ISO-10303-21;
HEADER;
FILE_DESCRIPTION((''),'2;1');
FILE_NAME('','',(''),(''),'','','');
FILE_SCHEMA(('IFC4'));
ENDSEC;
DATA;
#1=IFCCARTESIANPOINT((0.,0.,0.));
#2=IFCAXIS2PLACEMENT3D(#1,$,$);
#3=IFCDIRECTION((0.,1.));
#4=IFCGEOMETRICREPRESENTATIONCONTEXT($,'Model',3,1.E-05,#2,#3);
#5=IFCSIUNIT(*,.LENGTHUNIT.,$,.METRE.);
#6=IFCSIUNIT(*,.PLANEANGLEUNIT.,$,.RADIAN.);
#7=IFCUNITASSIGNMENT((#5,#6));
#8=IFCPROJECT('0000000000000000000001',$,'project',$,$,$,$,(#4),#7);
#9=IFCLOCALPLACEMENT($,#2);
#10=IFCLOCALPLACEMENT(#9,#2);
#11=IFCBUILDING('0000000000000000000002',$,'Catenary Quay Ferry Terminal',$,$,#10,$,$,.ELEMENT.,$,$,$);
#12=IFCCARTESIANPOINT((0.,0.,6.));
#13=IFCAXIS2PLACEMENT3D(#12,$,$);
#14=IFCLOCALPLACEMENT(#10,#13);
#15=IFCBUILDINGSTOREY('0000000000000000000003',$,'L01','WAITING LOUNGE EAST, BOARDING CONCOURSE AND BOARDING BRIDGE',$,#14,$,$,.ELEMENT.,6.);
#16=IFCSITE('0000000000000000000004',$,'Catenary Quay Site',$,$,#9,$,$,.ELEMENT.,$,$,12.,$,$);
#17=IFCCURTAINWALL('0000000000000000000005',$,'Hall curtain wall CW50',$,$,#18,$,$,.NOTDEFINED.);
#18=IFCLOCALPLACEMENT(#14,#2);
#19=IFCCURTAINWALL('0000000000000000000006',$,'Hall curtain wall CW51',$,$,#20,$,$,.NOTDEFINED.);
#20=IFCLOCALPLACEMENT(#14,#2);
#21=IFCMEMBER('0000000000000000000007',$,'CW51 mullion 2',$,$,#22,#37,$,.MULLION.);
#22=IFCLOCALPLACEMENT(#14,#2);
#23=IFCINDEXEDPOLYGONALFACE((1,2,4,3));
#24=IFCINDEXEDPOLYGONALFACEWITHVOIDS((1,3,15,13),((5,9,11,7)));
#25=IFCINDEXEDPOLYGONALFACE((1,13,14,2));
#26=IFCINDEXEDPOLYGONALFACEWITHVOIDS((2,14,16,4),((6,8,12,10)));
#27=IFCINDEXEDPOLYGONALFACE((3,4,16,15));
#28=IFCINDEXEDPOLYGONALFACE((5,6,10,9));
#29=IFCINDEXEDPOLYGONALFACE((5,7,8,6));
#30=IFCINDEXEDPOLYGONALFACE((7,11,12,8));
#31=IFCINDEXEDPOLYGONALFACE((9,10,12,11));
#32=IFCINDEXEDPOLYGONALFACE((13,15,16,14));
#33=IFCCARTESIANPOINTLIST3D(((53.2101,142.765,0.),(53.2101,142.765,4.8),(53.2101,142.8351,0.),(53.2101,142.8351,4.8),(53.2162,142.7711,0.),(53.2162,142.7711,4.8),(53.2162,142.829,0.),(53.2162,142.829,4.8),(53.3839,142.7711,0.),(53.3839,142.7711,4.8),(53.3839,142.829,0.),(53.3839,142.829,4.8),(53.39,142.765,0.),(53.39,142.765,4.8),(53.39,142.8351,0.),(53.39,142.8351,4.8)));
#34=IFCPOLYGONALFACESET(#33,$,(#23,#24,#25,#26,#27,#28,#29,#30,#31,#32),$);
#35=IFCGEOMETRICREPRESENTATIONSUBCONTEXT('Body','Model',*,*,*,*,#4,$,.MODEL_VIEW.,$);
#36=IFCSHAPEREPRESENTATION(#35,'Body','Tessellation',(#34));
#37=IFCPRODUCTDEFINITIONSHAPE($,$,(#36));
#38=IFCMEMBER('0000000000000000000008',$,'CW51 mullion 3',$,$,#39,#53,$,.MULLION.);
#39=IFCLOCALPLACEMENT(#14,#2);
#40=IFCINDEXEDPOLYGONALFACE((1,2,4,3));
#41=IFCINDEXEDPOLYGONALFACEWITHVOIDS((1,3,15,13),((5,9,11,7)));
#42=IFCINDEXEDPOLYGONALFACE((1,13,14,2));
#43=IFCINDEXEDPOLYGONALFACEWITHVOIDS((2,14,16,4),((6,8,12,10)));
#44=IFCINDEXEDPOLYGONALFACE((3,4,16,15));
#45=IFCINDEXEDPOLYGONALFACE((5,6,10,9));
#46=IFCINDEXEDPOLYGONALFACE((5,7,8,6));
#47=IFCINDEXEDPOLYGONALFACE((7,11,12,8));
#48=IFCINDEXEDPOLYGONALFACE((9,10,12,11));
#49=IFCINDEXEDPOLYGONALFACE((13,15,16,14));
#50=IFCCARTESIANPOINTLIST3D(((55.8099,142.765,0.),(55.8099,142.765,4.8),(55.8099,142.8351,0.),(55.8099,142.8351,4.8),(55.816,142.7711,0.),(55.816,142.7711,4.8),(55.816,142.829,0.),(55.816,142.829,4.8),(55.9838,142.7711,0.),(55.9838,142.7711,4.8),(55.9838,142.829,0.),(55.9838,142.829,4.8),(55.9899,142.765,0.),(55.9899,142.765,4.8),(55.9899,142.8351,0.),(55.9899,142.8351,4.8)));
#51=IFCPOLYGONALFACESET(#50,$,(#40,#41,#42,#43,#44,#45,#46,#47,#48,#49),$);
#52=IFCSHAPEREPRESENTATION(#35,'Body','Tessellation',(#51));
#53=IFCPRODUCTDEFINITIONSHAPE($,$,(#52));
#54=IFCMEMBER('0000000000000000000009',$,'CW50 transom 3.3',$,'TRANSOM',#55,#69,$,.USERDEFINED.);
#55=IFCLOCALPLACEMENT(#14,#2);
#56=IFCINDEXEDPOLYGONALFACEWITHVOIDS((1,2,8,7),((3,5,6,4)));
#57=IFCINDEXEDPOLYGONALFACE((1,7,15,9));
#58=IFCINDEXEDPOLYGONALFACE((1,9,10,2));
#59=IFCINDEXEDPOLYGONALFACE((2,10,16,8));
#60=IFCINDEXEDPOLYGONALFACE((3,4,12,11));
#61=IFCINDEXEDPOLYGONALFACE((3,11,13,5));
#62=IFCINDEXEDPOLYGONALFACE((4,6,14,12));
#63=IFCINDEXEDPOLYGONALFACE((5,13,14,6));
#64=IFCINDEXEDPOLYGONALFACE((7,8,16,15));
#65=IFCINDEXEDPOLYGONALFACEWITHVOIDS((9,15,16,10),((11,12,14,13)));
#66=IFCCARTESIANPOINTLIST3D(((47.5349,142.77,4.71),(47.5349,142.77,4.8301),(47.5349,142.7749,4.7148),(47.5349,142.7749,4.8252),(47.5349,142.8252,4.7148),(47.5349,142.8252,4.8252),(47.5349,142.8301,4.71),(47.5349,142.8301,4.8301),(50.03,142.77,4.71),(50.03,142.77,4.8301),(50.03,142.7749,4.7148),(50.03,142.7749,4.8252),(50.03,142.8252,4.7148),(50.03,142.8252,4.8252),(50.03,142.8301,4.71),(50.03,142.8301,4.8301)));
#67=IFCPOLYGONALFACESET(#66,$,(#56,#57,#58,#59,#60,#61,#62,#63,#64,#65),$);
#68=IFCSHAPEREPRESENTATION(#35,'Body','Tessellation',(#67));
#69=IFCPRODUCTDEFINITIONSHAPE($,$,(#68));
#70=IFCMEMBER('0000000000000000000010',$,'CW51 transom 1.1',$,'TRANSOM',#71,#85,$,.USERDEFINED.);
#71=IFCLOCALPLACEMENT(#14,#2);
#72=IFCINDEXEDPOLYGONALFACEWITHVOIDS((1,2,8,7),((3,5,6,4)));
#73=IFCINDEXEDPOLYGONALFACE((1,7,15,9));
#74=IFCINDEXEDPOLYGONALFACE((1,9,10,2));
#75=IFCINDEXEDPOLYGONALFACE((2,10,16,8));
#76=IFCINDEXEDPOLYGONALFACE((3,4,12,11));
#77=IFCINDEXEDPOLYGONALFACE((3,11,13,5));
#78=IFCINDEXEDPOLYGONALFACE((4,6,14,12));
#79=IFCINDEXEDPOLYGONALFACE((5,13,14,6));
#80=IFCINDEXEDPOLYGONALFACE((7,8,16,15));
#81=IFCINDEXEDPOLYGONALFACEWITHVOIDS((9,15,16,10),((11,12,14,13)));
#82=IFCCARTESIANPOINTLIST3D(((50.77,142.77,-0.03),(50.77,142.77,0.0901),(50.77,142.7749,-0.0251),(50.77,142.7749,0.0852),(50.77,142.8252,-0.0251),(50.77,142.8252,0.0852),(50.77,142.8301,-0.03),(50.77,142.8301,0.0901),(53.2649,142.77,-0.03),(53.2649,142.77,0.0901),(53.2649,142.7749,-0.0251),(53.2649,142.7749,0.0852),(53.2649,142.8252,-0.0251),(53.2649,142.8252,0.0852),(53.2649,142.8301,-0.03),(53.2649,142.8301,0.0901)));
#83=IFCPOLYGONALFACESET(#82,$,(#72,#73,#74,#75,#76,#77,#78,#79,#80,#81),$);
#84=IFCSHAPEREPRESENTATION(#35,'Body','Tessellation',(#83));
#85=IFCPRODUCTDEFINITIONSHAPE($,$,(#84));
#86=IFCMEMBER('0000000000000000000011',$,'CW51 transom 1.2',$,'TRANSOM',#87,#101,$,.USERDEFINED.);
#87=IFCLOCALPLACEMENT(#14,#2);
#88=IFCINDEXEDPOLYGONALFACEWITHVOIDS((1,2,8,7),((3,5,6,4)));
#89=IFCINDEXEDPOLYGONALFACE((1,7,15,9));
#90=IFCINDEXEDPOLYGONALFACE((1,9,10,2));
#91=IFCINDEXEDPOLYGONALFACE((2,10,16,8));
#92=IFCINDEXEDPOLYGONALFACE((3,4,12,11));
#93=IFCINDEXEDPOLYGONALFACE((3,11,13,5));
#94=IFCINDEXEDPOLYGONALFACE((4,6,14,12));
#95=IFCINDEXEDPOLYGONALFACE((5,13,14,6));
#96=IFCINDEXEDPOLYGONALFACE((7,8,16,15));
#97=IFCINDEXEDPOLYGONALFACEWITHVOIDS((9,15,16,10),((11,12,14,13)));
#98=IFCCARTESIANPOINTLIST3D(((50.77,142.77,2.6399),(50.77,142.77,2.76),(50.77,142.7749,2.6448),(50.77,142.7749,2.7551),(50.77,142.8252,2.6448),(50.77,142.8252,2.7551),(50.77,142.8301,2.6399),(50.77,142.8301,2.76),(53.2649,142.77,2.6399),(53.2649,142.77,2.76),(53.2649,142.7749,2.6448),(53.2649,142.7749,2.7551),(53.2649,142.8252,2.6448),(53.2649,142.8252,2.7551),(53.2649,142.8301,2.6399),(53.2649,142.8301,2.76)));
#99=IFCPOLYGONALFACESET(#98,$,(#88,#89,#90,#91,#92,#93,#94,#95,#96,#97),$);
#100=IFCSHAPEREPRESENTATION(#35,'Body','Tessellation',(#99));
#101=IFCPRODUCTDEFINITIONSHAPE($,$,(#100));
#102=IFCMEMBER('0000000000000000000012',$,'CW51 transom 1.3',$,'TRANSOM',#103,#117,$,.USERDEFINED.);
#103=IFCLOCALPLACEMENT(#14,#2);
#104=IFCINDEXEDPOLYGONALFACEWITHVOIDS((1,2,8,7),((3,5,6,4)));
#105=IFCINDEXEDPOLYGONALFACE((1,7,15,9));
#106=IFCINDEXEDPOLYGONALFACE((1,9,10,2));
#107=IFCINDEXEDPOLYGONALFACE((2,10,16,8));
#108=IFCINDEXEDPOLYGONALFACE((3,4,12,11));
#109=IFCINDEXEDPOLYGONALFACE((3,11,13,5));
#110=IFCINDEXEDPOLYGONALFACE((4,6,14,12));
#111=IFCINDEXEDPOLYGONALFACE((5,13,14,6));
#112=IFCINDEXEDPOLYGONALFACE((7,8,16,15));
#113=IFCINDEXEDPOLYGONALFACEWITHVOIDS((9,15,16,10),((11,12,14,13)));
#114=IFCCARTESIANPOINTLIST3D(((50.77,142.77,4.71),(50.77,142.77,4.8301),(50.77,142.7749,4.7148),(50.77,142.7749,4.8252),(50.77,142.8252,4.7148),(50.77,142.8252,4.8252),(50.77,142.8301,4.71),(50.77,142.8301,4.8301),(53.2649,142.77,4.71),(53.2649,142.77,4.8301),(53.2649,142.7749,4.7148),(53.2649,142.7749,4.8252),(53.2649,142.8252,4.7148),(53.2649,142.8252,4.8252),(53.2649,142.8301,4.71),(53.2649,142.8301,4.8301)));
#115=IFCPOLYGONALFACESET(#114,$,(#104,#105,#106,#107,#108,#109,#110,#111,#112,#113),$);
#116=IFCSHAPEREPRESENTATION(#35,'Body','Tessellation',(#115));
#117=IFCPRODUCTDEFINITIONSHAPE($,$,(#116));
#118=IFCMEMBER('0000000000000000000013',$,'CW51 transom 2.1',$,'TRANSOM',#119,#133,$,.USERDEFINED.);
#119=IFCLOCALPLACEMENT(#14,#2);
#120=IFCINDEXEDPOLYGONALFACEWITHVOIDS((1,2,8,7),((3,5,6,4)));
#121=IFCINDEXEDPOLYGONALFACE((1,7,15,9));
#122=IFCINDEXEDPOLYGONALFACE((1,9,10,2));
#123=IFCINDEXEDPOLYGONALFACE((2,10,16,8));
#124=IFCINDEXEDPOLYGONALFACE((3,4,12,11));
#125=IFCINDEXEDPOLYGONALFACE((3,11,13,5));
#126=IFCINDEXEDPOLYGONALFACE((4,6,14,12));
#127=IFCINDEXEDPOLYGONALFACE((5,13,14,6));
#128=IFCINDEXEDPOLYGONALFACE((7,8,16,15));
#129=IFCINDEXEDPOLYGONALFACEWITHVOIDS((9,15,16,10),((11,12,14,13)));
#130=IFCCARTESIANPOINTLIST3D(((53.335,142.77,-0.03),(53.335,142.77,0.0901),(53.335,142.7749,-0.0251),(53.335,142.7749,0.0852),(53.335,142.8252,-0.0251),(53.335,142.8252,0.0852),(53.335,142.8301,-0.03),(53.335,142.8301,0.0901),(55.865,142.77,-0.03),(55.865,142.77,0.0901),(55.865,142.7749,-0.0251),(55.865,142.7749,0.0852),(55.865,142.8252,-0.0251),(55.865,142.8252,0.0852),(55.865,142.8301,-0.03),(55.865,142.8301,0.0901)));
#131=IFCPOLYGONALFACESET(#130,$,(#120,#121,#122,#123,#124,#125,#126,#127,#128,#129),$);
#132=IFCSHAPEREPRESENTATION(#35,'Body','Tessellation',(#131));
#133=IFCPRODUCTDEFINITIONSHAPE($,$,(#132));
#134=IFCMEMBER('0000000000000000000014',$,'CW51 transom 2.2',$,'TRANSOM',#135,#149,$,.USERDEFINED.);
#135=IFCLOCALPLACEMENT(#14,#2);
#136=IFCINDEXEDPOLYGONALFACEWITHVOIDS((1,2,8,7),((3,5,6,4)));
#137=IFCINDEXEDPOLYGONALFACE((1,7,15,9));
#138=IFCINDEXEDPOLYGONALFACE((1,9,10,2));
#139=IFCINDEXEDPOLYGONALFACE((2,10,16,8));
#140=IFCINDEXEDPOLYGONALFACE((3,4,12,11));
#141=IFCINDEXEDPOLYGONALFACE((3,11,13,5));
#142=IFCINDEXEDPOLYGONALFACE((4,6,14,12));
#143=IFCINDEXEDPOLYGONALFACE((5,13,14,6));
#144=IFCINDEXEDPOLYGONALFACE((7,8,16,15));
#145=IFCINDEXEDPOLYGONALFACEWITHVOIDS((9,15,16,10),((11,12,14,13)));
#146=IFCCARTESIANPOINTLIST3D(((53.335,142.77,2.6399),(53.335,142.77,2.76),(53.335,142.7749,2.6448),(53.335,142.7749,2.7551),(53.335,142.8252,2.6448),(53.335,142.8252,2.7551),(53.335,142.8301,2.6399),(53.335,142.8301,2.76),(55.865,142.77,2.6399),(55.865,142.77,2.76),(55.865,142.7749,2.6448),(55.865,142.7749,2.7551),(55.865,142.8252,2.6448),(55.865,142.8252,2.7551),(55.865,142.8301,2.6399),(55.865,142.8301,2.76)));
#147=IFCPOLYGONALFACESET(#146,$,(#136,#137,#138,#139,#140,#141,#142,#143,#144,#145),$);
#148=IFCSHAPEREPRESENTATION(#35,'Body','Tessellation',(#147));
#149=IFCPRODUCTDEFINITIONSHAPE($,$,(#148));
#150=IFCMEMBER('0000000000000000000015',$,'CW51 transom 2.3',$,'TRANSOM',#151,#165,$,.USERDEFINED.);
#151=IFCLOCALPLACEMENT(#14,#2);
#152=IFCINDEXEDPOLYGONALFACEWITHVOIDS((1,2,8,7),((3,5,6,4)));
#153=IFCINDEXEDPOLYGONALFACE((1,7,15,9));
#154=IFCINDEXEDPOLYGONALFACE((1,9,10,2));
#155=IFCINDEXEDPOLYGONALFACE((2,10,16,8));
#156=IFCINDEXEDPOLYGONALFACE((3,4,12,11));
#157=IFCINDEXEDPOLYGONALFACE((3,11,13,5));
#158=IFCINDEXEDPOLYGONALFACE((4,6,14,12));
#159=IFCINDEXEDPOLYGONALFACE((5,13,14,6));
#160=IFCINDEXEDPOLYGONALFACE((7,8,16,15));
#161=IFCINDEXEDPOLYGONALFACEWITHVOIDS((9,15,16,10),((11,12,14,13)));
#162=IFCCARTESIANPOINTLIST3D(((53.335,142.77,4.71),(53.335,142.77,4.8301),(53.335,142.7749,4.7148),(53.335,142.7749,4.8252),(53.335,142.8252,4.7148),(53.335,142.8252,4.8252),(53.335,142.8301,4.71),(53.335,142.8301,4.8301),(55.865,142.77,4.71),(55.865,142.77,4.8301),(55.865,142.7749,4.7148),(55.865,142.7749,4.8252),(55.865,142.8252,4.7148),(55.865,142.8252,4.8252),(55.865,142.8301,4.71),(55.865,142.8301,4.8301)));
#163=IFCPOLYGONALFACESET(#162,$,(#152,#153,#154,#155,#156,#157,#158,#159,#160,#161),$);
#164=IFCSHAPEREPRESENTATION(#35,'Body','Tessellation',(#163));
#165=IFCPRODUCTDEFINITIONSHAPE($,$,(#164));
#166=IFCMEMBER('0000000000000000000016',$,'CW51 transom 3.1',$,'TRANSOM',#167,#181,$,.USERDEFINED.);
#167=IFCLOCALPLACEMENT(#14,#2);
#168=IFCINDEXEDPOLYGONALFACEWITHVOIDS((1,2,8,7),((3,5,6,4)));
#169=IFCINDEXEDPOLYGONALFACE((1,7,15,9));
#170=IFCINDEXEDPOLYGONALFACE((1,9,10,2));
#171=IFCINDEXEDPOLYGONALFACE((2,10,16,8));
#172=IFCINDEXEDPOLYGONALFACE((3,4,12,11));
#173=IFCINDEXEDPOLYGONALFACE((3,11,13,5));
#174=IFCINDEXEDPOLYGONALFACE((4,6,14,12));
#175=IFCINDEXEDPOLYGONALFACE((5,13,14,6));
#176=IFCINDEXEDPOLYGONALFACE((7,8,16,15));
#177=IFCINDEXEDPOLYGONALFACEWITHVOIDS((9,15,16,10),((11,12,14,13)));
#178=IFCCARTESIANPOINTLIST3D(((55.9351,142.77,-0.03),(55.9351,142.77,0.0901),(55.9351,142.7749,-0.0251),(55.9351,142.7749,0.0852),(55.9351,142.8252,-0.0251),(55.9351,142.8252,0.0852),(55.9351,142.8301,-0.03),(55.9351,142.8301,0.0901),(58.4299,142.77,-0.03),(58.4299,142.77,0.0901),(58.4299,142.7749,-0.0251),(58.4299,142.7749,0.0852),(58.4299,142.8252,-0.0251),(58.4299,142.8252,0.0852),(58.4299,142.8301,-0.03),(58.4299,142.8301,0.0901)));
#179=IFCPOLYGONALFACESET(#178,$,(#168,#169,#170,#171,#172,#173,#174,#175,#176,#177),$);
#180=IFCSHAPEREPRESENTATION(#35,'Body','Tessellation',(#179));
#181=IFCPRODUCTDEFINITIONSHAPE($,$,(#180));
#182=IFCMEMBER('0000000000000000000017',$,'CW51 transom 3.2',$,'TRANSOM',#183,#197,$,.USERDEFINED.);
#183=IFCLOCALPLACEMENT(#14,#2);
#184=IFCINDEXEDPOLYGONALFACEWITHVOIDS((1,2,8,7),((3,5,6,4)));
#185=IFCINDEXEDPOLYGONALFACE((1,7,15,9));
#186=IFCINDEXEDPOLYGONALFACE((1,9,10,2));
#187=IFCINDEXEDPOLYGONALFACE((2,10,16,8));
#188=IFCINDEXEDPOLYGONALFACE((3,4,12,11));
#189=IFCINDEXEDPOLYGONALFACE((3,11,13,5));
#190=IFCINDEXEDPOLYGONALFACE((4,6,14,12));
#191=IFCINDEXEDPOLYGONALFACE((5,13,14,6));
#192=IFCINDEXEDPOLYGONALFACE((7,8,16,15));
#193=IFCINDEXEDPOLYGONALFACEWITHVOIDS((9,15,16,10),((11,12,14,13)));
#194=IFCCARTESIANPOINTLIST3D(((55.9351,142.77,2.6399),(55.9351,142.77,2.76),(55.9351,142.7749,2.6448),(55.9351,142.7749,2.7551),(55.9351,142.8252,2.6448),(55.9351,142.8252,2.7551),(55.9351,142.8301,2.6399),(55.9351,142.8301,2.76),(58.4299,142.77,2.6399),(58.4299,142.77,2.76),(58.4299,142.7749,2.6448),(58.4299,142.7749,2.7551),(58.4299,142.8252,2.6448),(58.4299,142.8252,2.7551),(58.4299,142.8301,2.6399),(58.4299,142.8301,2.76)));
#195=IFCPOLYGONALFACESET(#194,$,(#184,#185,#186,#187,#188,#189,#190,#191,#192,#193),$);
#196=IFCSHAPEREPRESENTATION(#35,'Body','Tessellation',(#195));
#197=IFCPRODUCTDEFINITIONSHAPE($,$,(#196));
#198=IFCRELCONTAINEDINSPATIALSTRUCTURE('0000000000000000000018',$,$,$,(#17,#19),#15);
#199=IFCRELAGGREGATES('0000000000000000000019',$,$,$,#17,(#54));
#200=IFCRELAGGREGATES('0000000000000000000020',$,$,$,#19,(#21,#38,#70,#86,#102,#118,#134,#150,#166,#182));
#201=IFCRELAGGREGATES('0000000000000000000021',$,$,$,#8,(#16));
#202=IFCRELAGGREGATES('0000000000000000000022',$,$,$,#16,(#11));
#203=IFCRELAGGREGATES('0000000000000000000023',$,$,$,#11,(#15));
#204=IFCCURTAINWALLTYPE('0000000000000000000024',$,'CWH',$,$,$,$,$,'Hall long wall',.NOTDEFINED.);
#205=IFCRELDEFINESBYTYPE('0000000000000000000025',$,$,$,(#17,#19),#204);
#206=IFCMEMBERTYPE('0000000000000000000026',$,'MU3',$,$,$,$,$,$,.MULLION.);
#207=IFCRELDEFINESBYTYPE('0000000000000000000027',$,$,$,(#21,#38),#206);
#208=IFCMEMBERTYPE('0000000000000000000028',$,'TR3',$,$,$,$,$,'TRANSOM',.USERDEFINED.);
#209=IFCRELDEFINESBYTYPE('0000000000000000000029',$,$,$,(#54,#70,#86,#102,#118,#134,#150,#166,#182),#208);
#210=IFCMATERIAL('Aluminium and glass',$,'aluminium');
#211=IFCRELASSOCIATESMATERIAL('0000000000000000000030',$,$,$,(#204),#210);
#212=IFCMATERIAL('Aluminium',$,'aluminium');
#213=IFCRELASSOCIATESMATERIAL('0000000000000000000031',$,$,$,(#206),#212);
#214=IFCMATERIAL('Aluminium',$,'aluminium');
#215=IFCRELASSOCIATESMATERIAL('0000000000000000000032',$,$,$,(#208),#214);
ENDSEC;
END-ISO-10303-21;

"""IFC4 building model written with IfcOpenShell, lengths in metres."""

from ifc_helpers import new_model, si_unit, direction, frame, origin, origin_2d, place, context, subcontext, project, spatial, hollow_rectangle, extrude, material, material_profile, profile_set, type_object, element, aggregate, save


model = new_model("IFC4")

# Units and contexts
model_context = context("Model", 3, precision=1e-05, world=origin(), true_north=direction((0.0, 1.0)))
body_context = subcontext(model_context, "Body", "Model", "MODEL_VIEW")
ifc_project = project(units=[si_unit("LENGTHUNIT", "METRE"), si_unit("PLANEANGLEUNIT", "RADIAN")], contexts=[model_context])

# Site, building, storey
site_placement = place(None, origin())
site = spatial("IfcSite", under=ifc_project, at=site_placement, Name="Catenary Quay Site", CompositionType="ELEMENT", RefElevation=12.0)
building_placement = place(site_placement, origin())
building = spatial("IfcBuilding", under=site, at=building_placement, Name="Catenary Quay Ferry Terminal", CompositionType="ELEMENT")
storey_placement = place(building_placement, frame((0.0, 0.0, 6.0)))
storey = spatial("IfcBuildingStorey", under=building, at=storey_placement, Name="L01", Description="WAITING LOUNGE EAST, BOARDING CONCOURSE AND BOARDING BRIDGE", CompositionType="ELEMENT", Elevation=6.0)

# Curtain wall
ifc_material_1 = material(Name="Aluminium and glass", Category="aluminium")
curtain_wall_type = type_object("IfcCurtainWallType", Name="CWH", ElementType="Hall long wall", PredefinedType="NOTDEFINED", material=ifc_material_1)
curtain_wall_1_placement = place(storey_placement, origin())
curtain_wall_1 = element("IfcCurtainWall", 1, at=curtain_wall_1_placement, inside=storey, type_object=curtain_wall_type, Name="Hall curtain wall CW50", PredefinedType="NOTDEFINED")
ifc_material_2 = material(Name="Aluminium", Category="aluminium")
ifc_material_profile_1 = material_profile(ifc_material_2, hollow_rectangle(XDim=0.0701, YDim=0.1799, WallThickness=0.0061, at=origin_2d()), Name="MU3")
ifc_profile_set_1 = profile_set([ifc_material_profile_1], Name="Aluminium")
member_type_1 = type_object("IfcMemberType", Name="MU3", PredefinedType="MULLION", material=ifc_profile_set_1)

# Curtain wall, members
curtain_wall_2_placement = place(storey_placement, origin())
curtain_wall_2 = element("IfcCurtainWall", 2, at=curtain_wall_2_placement, inside=storey, type_object=curtain_wall_type, Name="Hall curtain wall CW51", PredefinedType="NOTDEFINED")
member_1_placement = place(storey_placement, frame((53.3, 142.8, 0.0), z_axis=(0.0, 0.0, 1.0), x_axis=(0.0, 1.0, 0.0)))
member_1 = element("IfcMember", 3, at=member_1_placement, type_object=member_type_1, Name="CW51 mullion 2", PredefinedType="MULLION", context=body_context, shape_type="SweptSolid", body=[
    extrude(hollow_rectangle(XDim=0.0701, YDim=0.1799, WallThickness=0.0061, at=origin_2d()), origin(), (0.0, 0.0, 1.0), 4.8),
])
member_2_placement = place(storey_placement, frame((55.8999, 142.8, 0.0), z_axis=(0.0, 0.0, 1.0), x_axis=(0.0, 1.0, 0.0)))
member_2 = element("IfcMember", 4, at=member_2_placement, type_object=member_type_1, Name="CW51 mullion 3", PredefinedType="MULLION", context=body_context, shape_type="SweptSolid", body=[
    extrude(hollow_rectangle(XDim=0.0701, YDim=0.1799, WallThickness=0.0061, at=origin_2d()), origin(), (0.0, 0.0, 1.0), 4.8),
])

# Members
ifc_material_3 = material(Name="Aluminium", Category="aluminium")
ifc_material_profile_2 = material_profile(ifc_material_3, hollow_rectangle(XDim=0.0601, YDim=0.1201, WallThickness=0.0049, at=origin_2d()), Name="TR3")
ifc_profile_set_2 = profile_set([ifc_material_profile_2], Name="Aluminium")
member_type_2 = type_object("IfcMemberType", Name="TR3", ElementType="TRANSOM", PredefinedType="USERDEFINED", material=ifc_profile_set_2)
member_3_placement = place(storey_placement, frame((47.5349, 142.8, 4.77), z_axis=(1.0, 0.0, 0.0), x_axis=(0.0, 1.0, 0.0)))
member_3 = element("IfcMember", 5, at=member_3_placement, type_object=member_type_2, Name="CW50 transom 3.3", ObjectType="TRANSOM", PredefinedType="USERDEFINED", context=body_context, shape_type="SweptSolid", body=[
    extrude(hollow_rectangle(XDim=0.0601, YDim=0.1201, WallThickness=0.0049, at=origin_2d()), origin(), (0.0, 0.0, 1.0), 2.4951),
])
member_4_placement = place(storey_placement, frame((50.77, 142.8, 0.03), z_axis=(1.0, 0.0, 0.0), x_axis=(0.0, 1.0, 0.0)))
member_4 = element("IfcMember", 6, at=member_4_placement, type_object=member_type_2, Name="CW51 transom 1.1", ObjectType="TRANSOM", PredefinedType="USERDEFINED", context=body_context, shape_type="SweptSolid", body=[
    extrude(hollow_rectangle(XDim=0.0601, YDim=0.1201, WallThickness=0.0049, at=origin_2d()), origin(), (0.0, 0.0, 1.0), 2.4949),
])
member_5_placement = place(storey_placement, frame((50.77, 142.8, 2.7), z_axis=(1.0, 0.0, 0.0), x_axis=(0.0, 1.0, 0.0)))
member_5 = element("IfcMember", 7, at=member_5_placement, type_object=member_type_2, Name="CW51 transom 1.2", ObjectType="TRANSOM", PredefinedType="USERDEFINED", context=body_context, shape_type="SweptSolid", body=[
    extrude(hollow_rectangle(XDim=0.0601, YDim=0.1201, WallThickness=0.0049, at=origin_2d()), origin(), (0.0, 0.0, 1.0), 2.4949),
])
member_6_placement = place(storey_placement, frame((50.77, 142.8, 4.77), z_axis=(1.0, 0.0, 0.0), x_axis=(0.0, 1.0, 0.0)))
member_6 = element("IfcMember", 8, at=member_6_placement, type_object=member_type_2, Name="CW51 transom 1.3", ObjectType="TRANSOM", PredefinedType="USERDEFINED", context=body_context, shape_type="SweptSolid", body=[
    extrude(hollow_rectangle(XDim=0.0601, YDim=0.1201, WallThickness=0.0049, at=origin_2d()), origin(), (0.0, 0.0, 1.0), 2.4949),
])
member_7_placement = place(storey_placement, frame((53.335, 142.8, 0.03), z_axis=(1.0, 0.0, 0.0), x_axis=(0.0, 1.0, 0.0)))
member_7 = element("IfcMember", 9, at=member_7_placement, type_object=member_type_2, Name="CW51 transom 2.1", ObjectType="TRANSOM", PredefinedType="USERDEFINED", context=body_context, shape_type="SweptSolid", body=[
    extrude(hollow_rectangle(XDim=0.0601, YDim=0.1201, WallThickness=0.0049, at=origin_2d()), origin(), (0.0, 0.0, 1.0), 2.53),
])
member_8_placement = place(storey_placement, frame((53.335, 142.8, 2.7), z_axis=(1.0, 0.0, 0.0), x_axis=(0.0, 1.0, 0.0)))
member_8 = element("IfcMember", 10, at=member_8_placement, type_object=member_type_2, Name="CW51 transom 2.2", ObjectType="TRANSOM", PredefinedType="USERDEFINED", context=body_context, shape_type="SweptSolid", body=[
    extrude(hollow_rectangle(XDim=0.0601, YDim=0.1201, WallThickness=0.0049, at=origin_2d()), origin(), (0.0, 0.0, 1.0), 2.53),
])
member_9_placement = place(storey_placement, frame((53.335, 142.8, 4.77), z_axis=(1.0, 0.0, 0.0), x_axis=(0.0, 1.0, 0.0)))
member_9 = element("IfcMember", 11, at=member_9_placement, type_object=member_type_2, Name="CW51 transom 2.3", ObjectType="TRANSOM", PredefinedType="USERDEFINED", context=body_context, shape_type="SweptSolid", body=[
    extrude(hollow_rectangle(XDim=0.0601, YDim=0.1201, WallThickness=0.0049, at=origin_2d()), origin(), (0.0, 0.0, 1.0), 2.53),
])
member_10_placement = place(storey_placement, frame((55.9351, 142.8, 0.03), z_axis=(1.0, 0.0, 0.0), x_axis=(0.0, 1.0, 0.0)))
member_10 = element("IfcMember", 12, at=member_10_placement, type_object=member_type_2, Name="CW51 transom 3.1", ObjectType="TRANSOM", PredefinedType="USERDEFINED", context=body_context, shape_type="SweptSolid", body=[
    extrude(hollow_rectangle(XDim=0.0601, YDim=0.1201, WallThickness=0.0049, at=origin_2d()), origin(), (0.0, 0.0, 1.0), 2.4949),
])
member_11_placement = place(storey_placement, frame((55.9351, 142.8, 2.7), z_axis=(1.0, 0.0, 0.0), x_axis=(0.0, 1.0, 0.0)))
member_11 = element("IfcMember", 13, at=member_11_placement, type_object=member_type_2, Name="CW51 transom 3.2", ObjectType="TRANSOM", PredefinedType="USERDEFINED", context=body_context, shape_type="SweptSolid", body=[
    extrude(hollow_rectangle(XDim=0.0601, YDim=0.1201, WallThickness=0.0049, at=origin_2d()), origin(), (0.0, 0.0, 1.0), 2.4949),
])

aggregate(curtain_wall_1, [member_3])
aggregate(curtain_wall_2, [member_1, member_2, member_4, member_5, member_6, member_7, member_8, member_9, member_10, member_11])

save(model, "model.ifc")
